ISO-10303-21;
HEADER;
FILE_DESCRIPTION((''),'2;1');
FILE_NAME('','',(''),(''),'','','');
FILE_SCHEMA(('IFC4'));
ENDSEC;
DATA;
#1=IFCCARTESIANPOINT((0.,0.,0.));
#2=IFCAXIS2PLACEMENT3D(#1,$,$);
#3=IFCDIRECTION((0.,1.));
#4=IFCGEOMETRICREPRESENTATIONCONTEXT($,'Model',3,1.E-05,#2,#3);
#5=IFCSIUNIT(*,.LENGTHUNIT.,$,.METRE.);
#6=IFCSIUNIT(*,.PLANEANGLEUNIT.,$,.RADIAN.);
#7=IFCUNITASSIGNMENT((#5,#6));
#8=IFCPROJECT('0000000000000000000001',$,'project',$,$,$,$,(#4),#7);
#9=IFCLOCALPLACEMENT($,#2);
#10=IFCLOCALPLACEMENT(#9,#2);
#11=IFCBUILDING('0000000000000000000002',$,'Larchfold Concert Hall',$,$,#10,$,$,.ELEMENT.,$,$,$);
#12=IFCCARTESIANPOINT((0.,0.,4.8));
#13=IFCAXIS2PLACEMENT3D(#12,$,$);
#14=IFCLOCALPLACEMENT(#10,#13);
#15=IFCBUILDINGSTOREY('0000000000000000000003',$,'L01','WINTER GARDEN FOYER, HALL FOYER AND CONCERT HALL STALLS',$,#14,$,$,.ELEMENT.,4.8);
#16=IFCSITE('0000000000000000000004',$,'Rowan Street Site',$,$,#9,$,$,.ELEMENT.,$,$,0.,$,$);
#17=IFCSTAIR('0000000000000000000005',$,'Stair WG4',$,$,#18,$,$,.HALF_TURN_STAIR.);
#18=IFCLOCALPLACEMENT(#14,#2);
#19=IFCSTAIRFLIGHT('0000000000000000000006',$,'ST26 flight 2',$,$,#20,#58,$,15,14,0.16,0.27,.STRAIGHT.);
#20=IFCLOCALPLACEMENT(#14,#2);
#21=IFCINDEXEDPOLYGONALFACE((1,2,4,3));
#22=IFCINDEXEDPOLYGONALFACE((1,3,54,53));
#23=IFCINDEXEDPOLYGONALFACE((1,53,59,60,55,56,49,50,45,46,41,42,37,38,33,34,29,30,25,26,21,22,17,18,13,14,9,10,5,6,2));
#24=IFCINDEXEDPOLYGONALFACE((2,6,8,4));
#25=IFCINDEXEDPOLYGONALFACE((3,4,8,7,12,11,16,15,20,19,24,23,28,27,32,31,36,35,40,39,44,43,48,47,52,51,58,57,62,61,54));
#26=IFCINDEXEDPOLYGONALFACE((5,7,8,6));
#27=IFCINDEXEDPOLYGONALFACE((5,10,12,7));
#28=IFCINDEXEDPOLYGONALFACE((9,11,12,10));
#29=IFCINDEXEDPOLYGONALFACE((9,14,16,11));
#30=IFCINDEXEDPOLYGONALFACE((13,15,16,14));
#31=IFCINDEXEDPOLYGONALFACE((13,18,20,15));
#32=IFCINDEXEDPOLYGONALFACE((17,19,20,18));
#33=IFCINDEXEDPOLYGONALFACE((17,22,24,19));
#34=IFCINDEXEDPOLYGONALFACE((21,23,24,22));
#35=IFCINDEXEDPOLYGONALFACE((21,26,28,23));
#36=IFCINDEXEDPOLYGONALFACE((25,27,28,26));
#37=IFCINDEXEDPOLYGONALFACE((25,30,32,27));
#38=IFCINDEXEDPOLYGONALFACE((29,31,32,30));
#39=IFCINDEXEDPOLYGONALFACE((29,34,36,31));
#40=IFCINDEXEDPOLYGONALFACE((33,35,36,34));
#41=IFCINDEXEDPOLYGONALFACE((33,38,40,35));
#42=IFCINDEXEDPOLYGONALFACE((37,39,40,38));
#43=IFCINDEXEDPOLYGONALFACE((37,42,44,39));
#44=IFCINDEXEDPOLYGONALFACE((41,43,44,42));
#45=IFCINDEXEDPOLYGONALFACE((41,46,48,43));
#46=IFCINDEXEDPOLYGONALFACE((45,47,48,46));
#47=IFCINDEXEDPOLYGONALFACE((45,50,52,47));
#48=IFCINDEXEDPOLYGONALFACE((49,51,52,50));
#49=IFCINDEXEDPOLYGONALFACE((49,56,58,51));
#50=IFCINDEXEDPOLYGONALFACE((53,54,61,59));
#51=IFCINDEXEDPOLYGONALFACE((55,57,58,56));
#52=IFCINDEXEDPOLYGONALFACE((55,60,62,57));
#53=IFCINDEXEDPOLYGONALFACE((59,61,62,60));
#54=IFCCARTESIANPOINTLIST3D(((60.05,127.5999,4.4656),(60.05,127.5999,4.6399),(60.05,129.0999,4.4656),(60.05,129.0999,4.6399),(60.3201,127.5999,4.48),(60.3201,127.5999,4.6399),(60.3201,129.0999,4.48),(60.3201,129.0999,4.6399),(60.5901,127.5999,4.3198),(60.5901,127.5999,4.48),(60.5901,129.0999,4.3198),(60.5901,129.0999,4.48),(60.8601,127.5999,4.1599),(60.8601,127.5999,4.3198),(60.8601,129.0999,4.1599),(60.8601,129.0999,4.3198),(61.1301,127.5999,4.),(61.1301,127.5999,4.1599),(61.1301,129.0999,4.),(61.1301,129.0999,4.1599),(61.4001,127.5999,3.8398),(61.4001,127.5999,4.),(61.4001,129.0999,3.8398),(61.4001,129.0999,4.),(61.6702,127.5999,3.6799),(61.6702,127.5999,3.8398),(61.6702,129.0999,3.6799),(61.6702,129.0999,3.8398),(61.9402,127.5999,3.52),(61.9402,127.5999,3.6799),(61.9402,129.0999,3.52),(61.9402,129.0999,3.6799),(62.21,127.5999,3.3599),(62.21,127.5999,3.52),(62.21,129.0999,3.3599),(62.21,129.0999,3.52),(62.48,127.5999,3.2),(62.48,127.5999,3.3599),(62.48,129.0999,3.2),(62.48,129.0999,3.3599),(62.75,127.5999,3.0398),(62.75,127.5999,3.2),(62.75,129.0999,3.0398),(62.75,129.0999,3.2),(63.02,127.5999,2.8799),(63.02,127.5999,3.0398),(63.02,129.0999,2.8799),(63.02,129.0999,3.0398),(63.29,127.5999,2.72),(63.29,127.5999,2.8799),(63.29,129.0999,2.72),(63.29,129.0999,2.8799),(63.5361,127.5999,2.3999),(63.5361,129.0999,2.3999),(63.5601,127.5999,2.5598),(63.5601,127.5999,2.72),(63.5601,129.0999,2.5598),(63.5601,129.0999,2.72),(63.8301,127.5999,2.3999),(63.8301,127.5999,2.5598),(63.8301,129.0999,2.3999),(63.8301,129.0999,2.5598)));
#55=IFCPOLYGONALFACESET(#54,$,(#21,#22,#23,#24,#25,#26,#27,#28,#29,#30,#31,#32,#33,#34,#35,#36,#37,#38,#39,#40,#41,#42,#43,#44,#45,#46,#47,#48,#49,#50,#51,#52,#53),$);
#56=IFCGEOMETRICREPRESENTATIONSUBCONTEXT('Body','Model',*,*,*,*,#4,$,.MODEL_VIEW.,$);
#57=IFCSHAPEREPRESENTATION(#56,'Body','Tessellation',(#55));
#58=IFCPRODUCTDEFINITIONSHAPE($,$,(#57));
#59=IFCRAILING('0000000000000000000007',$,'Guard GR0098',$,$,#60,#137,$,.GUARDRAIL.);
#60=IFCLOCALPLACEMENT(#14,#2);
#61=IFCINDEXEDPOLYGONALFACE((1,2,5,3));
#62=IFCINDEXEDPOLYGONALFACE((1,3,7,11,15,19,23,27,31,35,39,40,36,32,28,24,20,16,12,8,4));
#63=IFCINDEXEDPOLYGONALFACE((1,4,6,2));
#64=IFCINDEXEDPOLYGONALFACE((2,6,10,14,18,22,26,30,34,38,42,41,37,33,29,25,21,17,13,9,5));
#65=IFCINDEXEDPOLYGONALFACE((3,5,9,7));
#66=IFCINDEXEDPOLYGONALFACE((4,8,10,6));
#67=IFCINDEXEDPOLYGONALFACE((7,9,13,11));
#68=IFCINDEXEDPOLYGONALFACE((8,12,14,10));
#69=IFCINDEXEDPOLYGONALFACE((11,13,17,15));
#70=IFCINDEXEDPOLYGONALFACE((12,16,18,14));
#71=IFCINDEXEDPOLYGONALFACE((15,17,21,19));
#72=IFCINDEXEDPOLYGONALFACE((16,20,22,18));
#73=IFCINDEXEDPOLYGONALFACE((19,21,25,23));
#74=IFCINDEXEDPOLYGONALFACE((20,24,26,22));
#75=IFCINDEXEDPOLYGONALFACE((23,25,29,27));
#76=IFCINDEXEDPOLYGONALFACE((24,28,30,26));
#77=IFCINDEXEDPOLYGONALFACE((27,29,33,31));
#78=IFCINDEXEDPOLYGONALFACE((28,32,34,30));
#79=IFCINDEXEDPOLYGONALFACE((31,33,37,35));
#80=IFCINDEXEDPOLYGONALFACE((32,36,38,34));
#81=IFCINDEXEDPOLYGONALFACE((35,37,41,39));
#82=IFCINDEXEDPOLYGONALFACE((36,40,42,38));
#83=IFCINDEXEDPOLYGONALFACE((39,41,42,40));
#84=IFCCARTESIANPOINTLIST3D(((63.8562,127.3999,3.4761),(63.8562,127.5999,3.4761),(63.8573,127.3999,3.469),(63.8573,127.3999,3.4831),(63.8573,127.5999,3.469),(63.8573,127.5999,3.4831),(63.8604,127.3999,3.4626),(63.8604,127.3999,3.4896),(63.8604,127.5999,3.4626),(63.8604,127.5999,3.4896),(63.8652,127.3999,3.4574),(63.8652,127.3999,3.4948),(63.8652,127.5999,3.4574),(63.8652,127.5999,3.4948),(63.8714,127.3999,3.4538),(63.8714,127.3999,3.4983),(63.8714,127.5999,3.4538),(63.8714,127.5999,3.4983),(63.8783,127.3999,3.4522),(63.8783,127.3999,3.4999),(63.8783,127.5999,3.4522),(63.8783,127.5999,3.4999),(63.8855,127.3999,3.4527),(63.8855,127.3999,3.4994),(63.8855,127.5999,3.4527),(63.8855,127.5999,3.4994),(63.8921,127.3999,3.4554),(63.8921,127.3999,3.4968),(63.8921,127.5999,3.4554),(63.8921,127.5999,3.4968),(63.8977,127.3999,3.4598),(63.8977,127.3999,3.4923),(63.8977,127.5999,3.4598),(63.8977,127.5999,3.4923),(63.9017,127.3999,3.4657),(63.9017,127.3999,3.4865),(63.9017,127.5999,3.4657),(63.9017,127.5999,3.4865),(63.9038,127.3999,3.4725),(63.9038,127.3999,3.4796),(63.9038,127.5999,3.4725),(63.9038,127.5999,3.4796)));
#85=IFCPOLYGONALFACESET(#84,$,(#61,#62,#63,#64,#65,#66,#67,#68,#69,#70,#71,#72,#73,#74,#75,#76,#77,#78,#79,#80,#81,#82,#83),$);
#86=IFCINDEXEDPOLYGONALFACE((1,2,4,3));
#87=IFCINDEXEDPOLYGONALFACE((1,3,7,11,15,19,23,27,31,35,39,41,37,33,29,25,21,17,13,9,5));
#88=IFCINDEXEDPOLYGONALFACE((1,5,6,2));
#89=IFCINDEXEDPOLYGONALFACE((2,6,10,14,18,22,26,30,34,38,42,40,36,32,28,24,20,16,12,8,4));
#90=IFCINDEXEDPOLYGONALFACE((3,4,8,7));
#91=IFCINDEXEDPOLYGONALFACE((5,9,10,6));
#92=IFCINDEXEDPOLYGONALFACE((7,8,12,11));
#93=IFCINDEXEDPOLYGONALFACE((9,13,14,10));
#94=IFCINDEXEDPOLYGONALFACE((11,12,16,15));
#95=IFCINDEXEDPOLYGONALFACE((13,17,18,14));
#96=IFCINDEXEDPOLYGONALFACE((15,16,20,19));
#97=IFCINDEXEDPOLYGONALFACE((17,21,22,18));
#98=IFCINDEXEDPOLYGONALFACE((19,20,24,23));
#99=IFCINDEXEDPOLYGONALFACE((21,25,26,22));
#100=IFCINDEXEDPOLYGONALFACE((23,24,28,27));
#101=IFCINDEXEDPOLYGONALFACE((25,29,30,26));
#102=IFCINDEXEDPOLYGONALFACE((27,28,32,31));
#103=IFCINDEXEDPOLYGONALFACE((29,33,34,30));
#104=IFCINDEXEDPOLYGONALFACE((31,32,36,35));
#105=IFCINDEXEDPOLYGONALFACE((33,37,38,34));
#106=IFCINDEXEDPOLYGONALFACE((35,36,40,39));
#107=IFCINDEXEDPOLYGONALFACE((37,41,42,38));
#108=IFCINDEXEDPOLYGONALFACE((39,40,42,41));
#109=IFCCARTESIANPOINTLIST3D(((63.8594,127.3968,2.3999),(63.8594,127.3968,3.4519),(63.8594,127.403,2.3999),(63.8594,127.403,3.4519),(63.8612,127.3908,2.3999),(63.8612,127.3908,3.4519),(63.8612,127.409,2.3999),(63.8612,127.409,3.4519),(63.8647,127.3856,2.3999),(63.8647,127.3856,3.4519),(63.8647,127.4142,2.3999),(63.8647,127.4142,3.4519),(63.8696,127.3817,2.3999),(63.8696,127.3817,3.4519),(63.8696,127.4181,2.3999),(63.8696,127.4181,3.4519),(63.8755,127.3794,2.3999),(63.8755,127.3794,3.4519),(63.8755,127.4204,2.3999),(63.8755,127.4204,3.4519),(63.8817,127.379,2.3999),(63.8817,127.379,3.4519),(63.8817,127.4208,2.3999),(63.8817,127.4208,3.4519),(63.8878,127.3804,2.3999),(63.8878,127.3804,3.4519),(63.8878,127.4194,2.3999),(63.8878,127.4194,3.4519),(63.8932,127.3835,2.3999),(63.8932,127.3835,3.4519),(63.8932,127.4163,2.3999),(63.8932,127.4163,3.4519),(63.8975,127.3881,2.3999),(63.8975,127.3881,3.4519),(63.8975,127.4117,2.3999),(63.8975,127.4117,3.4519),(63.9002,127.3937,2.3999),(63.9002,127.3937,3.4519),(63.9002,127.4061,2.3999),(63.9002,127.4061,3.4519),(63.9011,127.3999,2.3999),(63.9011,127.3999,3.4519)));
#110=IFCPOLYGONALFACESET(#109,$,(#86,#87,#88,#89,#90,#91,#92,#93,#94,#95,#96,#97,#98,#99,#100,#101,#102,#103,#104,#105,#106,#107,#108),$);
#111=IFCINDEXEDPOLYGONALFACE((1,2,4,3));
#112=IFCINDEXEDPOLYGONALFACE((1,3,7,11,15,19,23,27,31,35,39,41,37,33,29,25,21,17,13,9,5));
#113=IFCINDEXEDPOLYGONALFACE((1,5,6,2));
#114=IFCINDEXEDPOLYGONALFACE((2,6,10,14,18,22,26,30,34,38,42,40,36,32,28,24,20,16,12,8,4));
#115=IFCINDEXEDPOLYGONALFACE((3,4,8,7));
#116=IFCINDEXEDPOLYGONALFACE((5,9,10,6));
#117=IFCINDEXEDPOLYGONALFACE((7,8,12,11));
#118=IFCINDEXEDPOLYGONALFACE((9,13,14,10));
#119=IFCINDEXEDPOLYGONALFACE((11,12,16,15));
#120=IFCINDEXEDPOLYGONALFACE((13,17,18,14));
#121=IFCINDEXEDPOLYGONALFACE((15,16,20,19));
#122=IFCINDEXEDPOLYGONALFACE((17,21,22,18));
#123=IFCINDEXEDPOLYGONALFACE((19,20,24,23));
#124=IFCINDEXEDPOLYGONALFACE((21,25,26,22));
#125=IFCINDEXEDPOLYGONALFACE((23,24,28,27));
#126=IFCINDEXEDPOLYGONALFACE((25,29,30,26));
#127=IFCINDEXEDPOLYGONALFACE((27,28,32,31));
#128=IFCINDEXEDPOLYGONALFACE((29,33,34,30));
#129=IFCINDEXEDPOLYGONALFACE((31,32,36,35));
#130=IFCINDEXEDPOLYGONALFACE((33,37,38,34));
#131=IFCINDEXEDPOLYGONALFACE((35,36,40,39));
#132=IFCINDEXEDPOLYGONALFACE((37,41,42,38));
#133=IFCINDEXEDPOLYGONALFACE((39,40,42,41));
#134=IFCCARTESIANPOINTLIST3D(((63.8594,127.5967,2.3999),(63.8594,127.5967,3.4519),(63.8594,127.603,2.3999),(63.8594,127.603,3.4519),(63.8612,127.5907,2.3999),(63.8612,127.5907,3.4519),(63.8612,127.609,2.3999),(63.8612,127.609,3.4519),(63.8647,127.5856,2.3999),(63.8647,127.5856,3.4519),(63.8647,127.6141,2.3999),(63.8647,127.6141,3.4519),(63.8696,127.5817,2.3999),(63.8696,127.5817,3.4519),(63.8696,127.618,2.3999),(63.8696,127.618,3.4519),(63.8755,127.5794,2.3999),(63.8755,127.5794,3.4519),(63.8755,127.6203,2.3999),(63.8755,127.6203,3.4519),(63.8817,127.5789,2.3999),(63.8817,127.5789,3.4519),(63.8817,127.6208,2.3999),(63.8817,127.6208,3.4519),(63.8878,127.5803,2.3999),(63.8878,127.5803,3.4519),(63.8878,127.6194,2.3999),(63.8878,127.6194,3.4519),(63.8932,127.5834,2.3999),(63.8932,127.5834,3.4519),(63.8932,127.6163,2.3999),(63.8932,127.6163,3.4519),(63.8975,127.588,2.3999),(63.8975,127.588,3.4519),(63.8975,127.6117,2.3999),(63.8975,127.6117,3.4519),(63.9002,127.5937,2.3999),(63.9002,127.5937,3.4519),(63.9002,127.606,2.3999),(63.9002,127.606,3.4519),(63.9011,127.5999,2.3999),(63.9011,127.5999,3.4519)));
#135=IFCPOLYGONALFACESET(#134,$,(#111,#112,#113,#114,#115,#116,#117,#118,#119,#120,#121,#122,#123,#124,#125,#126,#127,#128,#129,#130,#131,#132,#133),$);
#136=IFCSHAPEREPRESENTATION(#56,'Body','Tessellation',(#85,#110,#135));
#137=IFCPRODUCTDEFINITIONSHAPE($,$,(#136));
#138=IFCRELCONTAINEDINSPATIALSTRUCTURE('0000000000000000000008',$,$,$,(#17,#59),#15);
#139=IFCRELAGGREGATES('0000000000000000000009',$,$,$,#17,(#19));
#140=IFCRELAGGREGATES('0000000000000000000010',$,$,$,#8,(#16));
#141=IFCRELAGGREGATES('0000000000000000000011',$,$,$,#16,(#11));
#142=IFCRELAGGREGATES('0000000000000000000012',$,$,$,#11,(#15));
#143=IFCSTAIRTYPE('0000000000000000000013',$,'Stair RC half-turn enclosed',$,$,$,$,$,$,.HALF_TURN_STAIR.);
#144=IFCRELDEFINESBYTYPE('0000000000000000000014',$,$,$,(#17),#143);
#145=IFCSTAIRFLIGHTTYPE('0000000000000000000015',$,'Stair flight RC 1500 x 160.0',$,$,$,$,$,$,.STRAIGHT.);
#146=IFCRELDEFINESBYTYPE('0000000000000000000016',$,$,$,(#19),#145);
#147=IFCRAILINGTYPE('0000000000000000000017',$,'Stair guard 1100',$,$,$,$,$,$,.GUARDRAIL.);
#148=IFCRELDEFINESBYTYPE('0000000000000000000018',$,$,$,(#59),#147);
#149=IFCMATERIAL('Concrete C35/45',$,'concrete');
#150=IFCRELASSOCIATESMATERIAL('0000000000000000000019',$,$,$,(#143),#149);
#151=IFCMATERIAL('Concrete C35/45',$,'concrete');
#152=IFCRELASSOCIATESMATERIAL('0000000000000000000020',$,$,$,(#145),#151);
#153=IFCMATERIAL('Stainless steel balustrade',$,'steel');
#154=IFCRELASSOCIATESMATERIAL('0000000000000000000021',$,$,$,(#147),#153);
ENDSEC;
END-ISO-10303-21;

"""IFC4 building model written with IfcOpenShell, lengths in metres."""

from ifc_helpers import new_model, si_unit, direction, frame, origin, origin_2d, place, context, subcontext, project, spatial, polyline, circle, outline, extrude, material, type_object, element, aggregate, save


model = new_model("IFC4")

# Units and contexts
model_context = context("Model", 3, precision=1e-05, world=origin(), true_north=direction((0.0, 1.0)))
body_context = subcontext(model_context, "Body", "Model", "MODEL_VIEW")
ifc_project = project(units=[si_unit("LENGTHUNIT", "METRE"), si_unit("PLANEANGLEUNIT", "RADIAN")], contexts=[model_context])

# Site, building, storey
site_placement = place(None, origin())
site = spatial("IfcSite", under=ifc_project, at=site_placement, Name="Rowan Street Site", CompositionType="ELEMENT", RefElevation=0.0)
building_placement = place(site_placement, origin())
building = spatial("IfcBuilding", under=site, at=building_placement, Name="Larchfold Concert Hall", CompositionType="ELEMENT")
storey_placement = place(building_placement, frame((0.0, 0.0, 4.8)))
storey = spatial("IfcBuildingStorey", under=building, at=storey_placement, Name="L01", Description="WINTER GARDEN FOYER, HALL FOYER AND CONCERT HALL STALLS", CompositionType="ELEMENT", Elevation=4.8)

# Stair, stair flight
ifc_material_1 = material(Name="Concrete C35/45", Category="concrete")
stair_type = type_object("IfcStairType", Name="Stair RC half-turn enclosed", PredefinedType="HALF_TURN_STAIR", material=ifc_material_1)
stair_placement = place(storey_placement, origin())
stair = element("IfcStair", 1, at=stair_placement, inside=storey, type_object=stair_type, Name="Stair WG4", PredefinedType="HALF_TURN_STAIR")
ifc_material_2 = material(Name="Concrete C35/45", Category="concrete")
stair_flight_type = type_object("IfcStairFlightType", Name="Stair flight RC 1500 x 160.0", PredefinedType="STRAIGHT", material=ifc_material_2)
stair_flight_placement = place(storey_placement, frame((63.8301, 128.3499, 2.3999), z_axis=(0.0, 0.0, 1.0), x_axis=(-1.0, 0.0, 0.0)))
stair_flight = element("IfcStairFlight", 2, at=stair_flight_placement, type_object=stair_flight_type, Name="ST26 flight 2", NumberOfRisers=15, NumberOfTreads=14, PredefinedType="STRAIGHT", RiserHeight=0.16, TreadLength=0.27, context=body_context, shape_type="SweptSolid", body=[
    extrude(outline(polyline([(0.0, 0.0), (0.0, 0.1599), (0.27, 0.1599), (0.27, 0.3201), (0.54, 0.3201), (0.54, 0.48), (0.8101, 0.48), (0.8101, 0.6399), (1.0801, 0.6399), (1.0801, 0.8), (1.3501, 0.8), (1.3501, 0.96), (1.6201, 0.96), (1.6201, 1.1201), (1.8899, 1.1201), (1.8899, 1.28), (2.1599, 1.28), (2.1599, 1.4399), (2.4299, 1.4399), (2.4299, 1.6001), (2.7, 1.6001), (2.7, 1.76), (2.97, 1.76), (2.97, 1.9199), (3.24, 1.9199), (3.24, 2.0801), (3.51, 2.0801), (3.51, 2.24), (3.78, 2.24), (3.78, 2.3999), (3.78, 2.0657), (0.2939, 0.0), (0.0, 0.0)])), frame((0.0, 0.75, 0.0), z_axis=(0.0, -1.0, 0.0), x_axis=(1.0, 0.0, 0.0)), (0.0, 0.0, 1.0), 1.5),
])
aggregate(stair, [stair_flight])

# Railing
ifc_material_3 = material(Name="Stainless steel balustrade", Category="steel")
railing_type_1 = type_object("IfcRailingType", Name="Stair guard 1100", PredefinedType="GUARDRAIL", material=ifc_material_3)
railing_1_placement = place(storey_placement, frame((63.8801, 127.3999, 2.3999)))
element("IfcRailing", 3, at=railing_1_placement, inside=storey, type_object=railing_type_1, Name="Guard GR0098", PredefinedType="GUARDRAIL", context=body_context, shape_type="SweptSolid", body=[
    extrude(circle(Radius=0.0239, at=origin_2d()), frame((0.0, 0.0, 1.0762), z_axis=(0.0, 1.0, 0.0), x_axis=(-1.0, 0.0, 0.0)), (0.0, 0.0, 1.0), 0.2),
    extrude(circle(Radius=0.021, at=origin_2d()), origin(), (0.0, 0.0, 1.0), 1.052),
    extrude(circle(Radius=0.021, at=origin_2d()), frame((0.0, 0.2, 0.0)), (0.0, 0.0, 1.0), 1.052),
])

save(model, "model.ifc")
